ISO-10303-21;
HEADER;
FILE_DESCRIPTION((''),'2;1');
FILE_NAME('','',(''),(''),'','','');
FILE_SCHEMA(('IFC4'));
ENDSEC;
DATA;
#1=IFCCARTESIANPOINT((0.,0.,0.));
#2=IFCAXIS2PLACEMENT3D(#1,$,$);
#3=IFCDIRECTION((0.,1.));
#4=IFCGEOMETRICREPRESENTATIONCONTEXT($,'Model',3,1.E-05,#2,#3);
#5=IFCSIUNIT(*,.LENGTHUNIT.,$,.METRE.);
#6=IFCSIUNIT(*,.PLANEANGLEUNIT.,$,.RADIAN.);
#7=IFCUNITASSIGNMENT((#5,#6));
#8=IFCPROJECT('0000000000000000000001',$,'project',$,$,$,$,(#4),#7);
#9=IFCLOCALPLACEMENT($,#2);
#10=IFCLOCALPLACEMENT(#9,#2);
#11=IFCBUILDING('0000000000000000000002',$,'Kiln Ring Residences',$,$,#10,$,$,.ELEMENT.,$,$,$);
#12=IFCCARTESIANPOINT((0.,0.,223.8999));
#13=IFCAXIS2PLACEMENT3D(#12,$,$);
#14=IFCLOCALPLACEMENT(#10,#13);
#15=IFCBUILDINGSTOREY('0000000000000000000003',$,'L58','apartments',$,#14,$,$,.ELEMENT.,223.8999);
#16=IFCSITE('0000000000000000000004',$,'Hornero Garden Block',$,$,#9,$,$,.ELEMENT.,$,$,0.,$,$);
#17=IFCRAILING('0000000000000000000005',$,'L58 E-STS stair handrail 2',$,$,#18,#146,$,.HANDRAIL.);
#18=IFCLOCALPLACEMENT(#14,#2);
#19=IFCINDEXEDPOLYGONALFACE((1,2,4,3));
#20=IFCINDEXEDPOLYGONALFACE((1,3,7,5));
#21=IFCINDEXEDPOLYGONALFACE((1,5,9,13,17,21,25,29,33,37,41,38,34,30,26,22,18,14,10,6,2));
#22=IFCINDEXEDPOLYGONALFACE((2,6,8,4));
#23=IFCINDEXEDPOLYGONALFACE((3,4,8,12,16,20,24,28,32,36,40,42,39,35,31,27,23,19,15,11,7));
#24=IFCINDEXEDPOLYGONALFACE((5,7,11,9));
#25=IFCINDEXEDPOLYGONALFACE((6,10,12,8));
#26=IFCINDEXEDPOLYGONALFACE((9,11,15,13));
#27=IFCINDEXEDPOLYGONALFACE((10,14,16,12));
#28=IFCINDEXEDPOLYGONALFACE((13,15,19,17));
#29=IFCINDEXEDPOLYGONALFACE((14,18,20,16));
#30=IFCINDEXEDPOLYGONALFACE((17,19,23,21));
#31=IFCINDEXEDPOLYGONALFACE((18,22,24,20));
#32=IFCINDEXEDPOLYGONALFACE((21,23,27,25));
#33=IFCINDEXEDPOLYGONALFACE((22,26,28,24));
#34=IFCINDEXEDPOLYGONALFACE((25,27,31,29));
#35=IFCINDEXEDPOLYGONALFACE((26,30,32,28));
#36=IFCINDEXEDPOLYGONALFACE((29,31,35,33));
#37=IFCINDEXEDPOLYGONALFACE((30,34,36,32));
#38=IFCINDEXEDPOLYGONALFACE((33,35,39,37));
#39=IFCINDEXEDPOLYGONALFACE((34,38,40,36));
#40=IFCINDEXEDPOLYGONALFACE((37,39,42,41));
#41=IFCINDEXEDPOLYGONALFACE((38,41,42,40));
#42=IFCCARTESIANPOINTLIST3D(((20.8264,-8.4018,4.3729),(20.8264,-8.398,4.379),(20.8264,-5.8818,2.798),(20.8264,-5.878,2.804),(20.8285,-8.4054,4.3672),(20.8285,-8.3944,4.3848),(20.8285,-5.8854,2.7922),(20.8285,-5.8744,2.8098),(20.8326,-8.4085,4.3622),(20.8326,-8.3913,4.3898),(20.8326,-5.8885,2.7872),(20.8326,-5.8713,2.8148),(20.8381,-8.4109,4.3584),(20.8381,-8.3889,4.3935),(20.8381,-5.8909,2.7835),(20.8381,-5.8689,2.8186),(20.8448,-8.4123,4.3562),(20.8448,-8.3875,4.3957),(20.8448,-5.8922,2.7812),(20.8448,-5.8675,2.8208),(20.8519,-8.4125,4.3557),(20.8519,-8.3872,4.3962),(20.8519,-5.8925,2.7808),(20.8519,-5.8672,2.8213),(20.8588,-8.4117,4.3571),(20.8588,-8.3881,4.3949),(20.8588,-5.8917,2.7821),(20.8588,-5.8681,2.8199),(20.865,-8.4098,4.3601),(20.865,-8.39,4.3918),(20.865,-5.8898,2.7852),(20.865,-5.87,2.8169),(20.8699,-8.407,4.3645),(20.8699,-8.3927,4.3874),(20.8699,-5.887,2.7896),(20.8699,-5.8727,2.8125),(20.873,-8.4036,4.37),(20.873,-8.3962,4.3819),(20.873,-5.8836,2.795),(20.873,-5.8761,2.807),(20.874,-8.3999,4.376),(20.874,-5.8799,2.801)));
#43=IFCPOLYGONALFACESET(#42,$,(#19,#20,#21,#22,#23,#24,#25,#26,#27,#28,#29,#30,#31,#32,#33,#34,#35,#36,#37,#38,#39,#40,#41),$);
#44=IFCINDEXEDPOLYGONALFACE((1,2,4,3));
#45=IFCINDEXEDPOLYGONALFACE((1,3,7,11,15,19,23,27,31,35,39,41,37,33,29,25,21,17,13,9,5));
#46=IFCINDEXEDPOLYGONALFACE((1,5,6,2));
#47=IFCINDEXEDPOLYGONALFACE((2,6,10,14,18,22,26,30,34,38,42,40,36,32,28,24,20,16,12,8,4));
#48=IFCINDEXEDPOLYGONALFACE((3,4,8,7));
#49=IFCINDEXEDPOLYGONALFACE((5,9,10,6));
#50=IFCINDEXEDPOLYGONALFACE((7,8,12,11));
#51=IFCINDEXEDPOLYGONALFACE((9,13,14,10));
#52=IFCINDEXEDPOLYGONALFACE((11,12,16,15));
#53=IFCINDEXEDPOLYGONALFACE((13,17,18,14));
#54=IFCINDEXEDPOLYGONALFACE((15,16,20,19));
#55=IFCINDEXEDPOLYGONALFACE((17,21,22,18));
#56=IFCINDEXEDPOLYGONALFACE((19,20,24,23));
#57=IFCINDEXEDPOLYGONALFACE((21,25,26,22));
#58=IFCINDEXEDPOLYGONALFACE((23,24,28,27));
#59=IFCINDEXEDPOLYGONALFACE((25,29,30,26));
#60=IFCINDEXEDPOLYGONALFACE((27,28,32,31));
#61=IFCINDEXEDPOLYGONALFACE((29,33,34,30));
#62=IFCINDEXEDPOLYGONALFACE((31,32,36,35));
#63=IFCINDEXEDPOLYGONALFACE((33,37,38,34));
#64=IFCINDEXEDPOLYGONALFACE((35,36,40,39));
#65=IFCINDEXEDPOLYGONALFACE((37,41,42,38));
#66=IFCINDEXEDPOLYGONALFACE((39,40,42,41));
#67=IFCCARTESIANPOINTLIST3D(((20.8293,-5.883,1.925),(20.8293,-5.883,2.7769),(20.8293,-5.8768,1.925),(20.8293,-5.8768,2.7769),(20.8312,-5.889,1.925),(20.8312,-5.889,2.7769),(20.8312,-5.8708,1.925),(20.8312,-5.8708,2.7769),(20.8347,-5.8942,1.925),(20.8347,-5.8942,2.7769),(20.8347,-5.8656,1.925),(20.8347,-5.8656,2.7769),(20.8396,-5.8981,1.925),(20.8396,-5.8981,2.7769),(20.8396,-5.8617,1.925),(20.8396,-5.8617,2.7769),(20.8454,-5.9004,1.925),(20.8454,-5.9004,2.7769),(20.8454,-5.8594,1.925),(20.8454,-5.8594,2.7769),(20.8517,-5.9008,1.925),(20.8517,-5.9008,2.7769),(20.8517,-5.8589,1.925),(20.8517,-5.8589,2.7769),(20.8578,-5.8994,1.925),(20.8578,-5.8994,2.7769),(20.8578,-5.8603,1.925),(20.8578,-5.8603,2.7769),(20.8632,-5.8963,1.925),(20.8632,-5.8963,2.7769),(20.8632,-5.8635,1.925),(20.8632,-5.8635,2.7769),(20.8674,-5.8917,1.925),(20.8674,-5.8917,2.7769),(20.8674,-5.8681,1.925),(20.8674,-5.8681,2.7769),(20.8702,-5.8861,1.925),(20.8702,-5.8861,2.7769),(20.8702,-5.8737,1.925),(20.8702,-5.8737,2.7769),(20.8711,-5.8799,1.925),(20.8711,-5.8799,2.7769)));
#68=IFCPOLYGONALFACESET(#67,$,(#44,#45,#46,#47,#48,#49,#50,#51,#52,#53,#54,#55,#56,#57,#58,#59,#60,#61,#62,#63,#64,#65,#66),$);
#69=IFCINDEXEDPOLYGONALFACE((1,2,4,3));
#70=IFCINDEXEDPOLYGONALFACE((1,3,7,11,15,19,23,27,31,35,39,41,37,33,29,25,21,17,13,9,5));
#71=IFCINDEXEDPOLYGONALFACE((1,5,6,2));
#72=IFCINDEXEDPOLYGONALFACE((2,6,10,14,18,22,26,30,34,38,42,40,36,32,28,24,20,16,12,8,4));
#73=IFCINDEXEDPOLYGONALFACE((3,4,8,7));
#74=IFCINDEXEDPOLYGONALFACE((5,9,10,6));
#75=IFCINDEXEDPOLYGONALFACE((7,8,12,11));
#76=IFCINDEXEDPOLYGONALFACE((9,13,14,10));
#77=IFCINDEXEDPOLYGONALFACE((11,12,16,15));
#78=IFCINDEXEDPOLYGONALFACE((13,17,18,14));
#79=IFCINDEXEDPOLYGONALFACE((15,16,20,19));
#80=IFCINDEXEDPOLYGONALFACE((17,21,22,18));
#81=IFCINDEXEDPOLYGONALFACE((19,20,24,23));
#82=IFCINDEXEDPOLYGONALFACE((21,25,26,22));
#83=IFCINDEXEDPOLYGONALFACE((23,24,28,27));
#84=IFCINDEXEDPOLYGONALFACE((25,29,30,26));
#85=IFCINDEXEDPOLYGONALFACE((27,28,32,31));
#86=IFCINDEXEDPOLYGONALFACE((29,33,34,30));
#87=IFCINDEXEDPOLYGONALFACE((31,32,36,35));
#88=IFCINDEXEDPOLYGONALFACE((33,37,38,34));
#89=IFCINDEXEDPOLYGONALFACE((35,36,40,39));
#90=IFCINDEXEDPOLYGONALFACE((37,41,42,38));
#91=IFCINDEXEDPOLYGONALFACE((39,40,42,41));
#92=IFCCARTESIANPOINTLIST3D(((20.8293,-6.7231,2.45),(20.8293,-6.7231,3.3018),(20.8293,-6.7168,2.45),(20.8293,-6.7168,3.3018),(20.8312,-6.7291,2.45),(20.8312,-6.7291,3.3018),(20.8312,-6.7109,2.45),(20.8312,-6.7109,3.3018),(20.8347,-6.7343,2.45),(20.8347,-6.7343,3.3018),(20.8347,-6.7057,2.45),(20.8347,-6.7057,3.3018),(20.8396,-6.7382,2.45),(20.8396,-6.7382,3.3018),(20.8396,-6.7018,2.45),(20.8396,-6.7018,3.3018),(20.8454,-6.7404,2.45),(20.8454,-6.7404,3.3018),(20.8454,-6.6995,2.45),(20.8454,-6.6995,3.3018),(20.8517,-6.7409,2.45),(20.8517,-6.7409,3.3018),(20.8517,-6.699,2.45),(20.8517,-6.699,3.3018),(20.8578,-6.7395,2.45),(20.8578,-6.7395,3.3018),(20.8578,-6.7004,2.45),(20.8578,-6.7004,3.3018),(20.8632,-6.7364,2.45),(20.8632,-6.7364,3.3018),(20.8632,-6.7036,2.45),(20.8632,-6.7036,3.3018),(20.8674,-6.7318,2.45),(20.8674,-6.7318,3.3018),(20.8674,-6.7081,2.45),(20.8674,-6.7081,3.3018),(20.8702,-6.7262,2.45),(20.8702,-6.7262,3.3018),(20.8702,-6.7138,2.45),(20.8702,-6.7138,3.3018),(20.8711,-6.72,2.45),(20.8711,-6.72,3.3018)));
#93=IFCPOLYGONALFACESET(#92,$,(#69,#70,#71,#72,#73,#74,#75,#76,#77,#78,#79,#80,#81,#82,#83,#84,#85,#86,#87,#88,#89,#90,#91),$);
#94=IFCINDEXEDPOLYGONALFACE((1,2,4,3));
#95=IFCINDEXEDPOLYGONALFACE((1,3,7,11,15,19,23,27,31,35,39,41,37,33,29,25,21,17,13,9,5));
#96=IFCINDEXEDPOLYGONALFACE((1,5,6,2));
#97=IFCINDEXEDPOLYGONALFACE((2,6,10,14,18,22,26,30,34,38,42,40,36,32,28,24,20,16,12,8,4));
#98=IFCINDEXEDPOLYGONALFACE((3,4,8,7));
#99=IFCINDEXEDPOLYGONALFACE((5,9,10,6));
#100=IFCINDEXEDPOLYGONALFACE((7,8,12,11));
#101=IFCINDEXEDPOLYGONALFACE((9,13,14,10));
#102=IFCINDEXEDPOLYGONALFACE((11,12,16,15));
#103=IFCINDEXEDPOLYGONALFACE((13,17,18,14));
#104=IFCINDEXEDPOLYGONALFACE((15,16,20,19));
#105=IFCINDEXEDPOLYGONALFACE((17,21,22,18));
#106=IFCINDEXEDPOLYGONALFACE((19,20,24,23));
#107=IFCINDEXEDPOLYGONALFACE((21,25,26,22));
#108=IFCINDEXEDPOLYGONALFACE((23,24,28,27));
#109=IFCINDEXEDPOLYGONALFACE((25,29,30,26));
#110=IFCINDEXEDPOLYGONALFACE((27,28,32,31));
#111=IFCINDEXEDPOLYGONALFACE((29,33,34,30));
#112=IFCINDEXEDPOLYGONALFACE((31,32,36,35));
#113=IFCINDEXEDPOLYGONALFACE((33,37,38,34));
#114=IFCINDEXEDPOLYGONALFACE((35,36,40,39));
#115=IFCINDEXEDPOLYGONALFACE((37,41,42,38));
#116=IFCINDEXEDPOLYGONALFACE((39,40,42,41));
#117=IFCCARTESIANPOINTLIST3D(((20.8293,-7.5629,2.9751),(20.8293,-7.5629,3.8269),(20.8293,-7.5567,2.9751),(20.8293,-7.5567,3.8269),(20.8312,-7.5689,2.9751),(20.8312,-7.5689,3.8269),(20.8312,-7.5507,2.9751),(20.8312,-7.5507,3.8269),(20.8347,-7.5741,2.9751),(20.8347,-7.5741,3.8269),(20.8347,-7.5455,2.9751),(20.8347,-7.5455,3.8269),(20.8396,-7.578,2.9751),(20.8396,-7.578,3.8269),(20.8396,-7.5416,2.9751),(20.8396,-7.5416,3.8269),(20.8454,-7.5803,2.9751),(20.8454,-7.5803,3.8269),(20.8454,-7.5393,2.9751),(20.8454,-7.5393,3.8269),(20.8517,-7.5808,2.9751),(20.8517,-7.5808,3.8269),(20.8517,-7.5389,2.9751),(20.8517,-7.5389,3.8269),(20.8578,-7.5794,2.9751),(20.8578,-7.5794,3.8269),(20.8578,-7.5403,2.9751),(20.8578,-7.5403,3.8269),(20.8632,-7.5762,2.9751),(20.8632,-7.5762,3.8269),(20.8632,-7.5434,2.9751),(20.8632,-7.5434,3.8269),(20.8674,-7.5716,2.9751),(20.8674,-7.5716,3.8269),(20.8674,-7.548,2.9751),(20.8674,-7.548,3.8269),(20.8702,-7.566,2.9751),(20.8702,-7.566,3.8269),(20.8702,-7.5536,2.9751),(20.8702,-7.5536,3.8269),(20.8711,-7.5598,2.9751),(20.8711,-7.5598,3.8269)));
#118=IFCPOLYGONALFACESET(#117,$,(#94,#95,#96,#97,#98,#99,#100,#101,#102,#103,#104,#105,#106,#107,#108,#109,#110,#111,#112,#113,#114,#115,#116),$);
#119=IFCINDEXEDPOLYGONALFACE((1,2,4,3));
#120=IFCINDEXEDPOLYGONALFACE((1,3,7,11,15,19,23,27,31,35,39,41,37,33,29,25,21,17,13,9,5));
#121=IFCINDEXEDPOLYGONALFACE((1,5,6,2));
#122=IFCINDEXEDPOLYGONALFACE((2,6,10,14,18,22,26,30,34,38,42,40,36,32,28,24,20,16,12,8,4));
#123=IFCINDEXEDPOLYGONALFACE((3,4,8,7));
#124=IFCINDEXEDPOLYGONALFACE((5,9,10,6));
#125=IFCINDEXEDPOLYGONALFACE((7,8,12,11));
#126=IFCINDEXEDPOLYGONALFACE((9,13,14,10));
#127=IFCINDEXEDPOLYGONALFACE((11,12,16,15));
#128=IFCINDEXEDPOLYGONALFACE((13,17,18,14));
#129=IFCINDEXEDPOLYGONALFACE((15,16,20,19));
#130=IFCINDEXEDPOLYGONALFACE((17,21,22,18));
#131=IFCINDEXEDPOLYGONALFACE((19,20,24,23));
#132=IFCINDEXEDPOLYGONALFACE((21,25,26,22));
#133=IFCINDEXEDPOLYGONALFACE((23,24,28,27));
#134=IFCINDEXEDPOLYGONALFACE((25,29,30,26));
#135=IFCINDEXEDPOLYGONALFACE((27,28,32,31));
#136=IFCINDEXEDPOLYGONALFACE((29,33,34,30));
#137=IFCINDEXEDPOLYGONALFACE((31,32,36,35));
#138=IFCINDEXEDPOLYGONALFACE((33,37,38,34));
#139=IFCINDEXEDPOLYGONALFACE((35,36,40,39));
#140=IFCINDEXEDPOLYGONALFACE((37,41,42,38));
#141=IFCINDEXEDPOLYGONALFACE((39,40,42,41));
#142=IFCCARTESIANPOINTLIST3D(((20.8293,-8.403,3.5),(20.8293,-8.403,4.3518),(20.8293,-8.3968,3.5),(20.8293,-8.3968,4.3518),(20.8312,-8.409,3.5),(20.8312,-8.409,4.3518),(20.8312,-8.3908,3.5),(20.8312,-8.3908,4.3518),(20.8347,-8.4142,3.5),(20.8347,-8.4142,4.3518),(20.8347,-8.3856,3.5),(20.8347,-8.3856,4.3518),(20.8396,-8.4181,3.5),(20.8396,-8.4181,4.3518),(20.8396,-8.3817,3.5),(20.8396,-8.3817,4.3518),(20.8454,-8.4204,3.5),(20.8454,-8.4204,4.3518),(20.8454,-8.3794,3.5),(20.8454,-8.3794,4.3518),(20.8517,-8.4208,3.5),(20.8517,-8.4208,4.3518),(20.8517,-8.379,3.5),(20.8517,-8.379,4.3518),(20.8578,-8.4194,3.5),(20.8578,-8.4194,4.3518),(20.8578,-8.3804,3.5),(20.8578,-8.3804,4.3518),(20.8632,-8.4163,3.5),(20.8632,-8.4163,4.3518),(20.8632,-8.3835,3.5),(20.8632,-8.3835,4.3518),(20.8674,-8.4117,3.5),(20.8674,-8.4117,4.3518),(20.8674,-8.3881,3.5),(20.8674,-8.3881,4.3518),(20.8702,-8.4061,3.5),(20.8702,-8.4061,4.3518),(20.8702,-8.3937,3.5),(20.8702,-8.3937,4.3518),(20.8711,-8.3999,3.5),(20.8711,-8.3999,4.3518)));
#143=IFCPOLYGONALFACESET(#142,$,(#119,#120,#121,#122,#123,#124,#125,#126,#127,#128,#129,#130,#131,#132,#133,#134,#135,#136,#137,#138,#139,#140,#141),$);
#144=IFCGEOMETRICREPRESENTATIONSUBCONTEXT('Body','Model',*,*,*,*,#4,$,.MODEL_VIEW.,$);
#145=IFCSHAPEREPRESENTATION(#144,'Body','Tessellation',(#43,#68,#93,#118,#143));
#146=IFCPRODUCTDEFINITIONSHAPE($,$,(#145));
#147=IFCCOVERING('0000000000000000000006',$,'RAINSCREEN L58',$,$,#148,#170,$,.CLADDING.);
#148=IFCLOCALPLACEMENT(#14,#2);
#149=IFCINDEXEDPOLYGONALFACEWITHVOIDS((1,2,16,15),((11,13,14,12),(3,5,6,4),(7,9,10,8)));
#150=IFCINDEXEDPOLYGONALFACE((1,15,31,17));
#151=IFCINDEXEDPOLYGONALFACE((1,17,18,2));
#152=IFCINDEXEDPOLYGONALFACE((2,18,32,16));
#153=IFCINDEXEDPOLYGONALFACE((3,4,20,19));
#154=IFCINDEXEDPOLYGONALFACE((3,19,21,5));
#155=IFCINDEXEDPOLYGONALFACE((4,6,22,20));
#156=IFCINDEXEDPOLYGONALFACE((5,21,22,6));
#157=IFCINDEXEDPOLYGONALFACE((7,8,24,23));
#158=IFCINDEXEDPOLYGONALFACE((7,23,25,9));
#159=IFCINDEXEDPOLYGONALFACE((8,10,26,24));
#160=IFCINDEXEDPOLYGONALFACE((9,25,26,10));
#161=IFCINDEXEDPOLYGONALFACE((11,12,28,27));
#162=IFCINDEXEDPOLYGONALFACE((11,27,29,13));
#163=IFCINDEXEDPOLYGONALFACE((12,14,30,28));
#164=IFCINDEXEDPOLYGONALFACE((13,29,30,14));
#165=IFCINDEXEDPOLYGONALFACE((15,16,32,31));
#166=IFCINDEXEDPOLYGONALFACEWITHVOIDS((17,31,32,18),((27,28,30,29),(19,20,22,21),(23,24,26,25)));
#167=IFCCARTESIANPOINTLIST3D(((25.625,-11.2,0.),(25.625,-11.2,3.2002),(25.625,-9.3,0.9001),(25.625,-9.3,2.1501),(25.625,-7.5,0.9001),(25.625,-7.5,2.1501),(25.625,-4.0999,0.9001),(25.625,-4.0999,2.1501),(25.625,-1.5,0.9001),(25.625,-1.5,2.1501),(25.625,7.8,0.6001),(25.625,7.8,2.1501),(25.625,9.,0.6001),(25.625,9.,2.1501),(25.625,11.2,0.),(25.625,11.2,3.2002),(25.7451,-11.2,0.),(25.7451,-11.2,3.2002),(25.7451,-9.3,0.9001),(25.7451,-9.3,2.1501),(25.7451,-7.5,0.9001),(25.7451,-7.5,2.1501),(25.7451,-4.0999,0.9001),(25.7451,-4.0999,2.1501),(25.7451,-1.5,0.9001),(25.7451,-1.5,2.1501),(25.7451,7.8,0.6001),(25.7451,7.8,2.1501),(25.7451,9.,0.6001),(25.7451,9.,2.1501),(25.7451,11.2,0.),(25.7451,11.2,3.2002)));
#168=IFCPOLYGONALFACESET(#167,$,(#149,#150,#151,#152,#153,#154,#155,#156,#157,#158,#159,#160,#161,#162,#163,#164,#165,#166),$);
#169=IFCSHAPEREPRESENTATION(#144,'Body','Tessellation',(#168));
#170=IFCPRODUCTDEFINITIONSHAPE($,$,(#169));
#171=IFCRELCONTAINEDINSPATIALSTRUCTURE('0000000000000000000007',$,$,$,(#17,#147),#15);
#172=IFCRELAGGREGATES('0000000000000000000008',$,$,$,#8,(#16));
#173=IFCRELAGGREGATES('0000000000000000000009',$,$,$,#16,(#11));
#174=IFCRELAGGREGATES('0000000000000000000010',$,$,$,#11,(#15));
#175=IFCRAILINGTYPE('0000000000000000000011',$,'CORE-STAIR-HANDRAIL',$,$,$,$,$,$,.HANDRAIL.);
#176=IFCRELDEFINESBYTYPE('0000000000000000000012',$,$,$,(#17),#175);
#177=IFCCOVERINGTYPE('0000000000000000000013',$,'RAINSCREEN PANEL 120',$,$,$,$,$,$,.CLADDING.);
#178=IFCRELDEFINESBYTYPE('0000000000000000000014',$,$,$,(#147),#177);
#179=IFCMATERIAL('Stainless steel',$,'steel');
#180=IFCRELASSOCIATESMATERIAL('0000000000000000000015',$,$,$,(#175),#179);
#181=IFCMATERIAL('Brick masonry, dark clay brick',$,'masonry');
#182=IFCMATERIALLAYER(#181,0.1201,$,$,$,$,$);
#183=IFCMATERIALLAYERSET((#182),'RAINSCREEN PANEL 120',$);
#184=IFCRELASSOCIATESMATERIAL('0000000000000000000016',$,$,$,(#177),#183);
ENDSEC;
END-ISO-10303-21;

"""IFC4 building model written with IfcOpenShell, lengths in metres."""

from ifc_helpers import new_model, si_unit, direction, frame, origin, origin_2d, place, context, subcontext, project, spatial, polyline, circle, outline, extrude, material, layer, layer_set, type_object, element, save


model = new_model("IFC4")

# Units and contexts
model_context = context("Model", 3, precision=1e-05, world=origin(), true_north=direction((0.0, 1.0)))
body_context = subcontext(model_context, "Body", "Model", "MODEL_VIEW")
ifc_project = project(units=[si_unit("LENGTHUNIT", "METRE"), si_unit("PLANEANGLEUNIT", "RADIAN")], contexts=[model_context])

# Site, building, storey
site_placement = place(None, origin())
site = spatial("IfcSite", under=ifc_project, at=site_placement, Name="Hornero Garden Block", CompositionType="ELEMENT", RefElevation=0.0)
building_placement = place(site_placement, origin())
building = spatial("IfcBuilding", under=site, at=building_placement, Name="Kiln Ring Residences", CompositionType="ELEMENT")
storey_placement = place(building_placement, frame((0.0, 0.0, 223.8999)))
storey = spatial("IfcBuildingStorey", under=building, at=storey_placement, Name="L58", Description="apartments", CompositionType="ELEMENT", Elevation=223.8999)

# Railing
ifc_material_1 = material(Name="Stainless steel", Category="steel")
railing_type_1 = type_object("IfcRailingType", Name="CORE-STAIR-HANDRAIL", PredefinedType="HANDRAIL", material=ifc_material_1)
railing_1_placement = place(storey_placement, frame((20.8501, -5.8799, 1.925)))
element("IfcRailing", 1, at=railing_1_placement, inside=storey, type_object=railing_type_1, Name="L58 E-STS stair handrail 2", PredefinedType="HANDRAIL", context=body_context, shape_type="SweptSolid", body=[
    extrude(circle(Radius=0.0239, at=origin_2d()), frame((0.0, 0.0, 0.876), z_axis=(0.0, -0.848008, 0.529984), x_axis=(1.0, 0.0, 0.0)), (0.0, 0.0, 1.0), 2.9717),
    extrude(circle(Radius=0.021, at=origin_2d()), origin(), (0.0, 0.0, 1.0), 0.8518),
    extrude(circle(Radius=0.021, at=origin_2d()), frame((0.0, -0.8401, 0.5249)), (0.0, 0.0, 1.0), 0.8518),
    extrude(circle(Radius=0.021, at=origin_2d()), frame((0.0, -1.6799, 1.05)), (0.0, 0.0, 1.0), 0.8518),
    extrude(circle(Radius=0.021, at=origin_2d()), frame((0.0, -2.52, 1.575)), (0.0, 0.0, 1.0), 0.8518),
])

# Covering
ifc_material_2 = material(Name="Brick masonry, dark clay brick", Category="masonry")
ifc_layer_1 = layer(ifc_material_2, 0.1201)
ifc_layer_set_1 = layer_set([ifc_layer_1], Name="RAINSCREEN PANEL 120")
covering_type = type_object("IfcCoveringType", Name="RAINSCREEN PANEL 120", PredefinedType="CLADDING", material=ifc_layer_set_1)
covering_placement = place(storey_placement, frame((25.6851, -11.2, 0.0), z_axis=(0.0, 0.0, 1.0), x_axis=(0.0, 1.0, 0.0)))
element("IfcCovering", 2, at=covering_placement, inside=storey, type_object=covering_type, Name="RAINSCREEN L58", PredefinedType="CLADDING", context=body_context, shape_type="SweptSolid", body=[
    extrude(outline(polyline([(0.0, 0.0), (22.3999, 0.0), (22.3999, 3.2002), (0.0, 3.2002), (0.0, 0.0)]), holes=[polyline([(20.2, 2.1501), (19.0, 2.1501), (19.0, 0.6001), (20.2, 0.6001), (20.2, 2.1501)]), polyline([(3.7, 0.9001), (3.7, 2.1501), (1.8999, 2.1501), (1.8999, 0.9001), (3.7, 0.9001)]), polyline([(9.7, 0.9001), (9.7, 2.1501), (7.1001, 2.1501), (7.1001, 0.9001), (9.7, 0.9001)])]), frame((0.0, 0.0601, 0.0), z_axis=(0.0, -1.0, 0.0), x_axis=(1.0, 0.0, 0.0)), (0.0, 0.0, 1.0), 0.1201),
])

save(model, "model.ifc")
